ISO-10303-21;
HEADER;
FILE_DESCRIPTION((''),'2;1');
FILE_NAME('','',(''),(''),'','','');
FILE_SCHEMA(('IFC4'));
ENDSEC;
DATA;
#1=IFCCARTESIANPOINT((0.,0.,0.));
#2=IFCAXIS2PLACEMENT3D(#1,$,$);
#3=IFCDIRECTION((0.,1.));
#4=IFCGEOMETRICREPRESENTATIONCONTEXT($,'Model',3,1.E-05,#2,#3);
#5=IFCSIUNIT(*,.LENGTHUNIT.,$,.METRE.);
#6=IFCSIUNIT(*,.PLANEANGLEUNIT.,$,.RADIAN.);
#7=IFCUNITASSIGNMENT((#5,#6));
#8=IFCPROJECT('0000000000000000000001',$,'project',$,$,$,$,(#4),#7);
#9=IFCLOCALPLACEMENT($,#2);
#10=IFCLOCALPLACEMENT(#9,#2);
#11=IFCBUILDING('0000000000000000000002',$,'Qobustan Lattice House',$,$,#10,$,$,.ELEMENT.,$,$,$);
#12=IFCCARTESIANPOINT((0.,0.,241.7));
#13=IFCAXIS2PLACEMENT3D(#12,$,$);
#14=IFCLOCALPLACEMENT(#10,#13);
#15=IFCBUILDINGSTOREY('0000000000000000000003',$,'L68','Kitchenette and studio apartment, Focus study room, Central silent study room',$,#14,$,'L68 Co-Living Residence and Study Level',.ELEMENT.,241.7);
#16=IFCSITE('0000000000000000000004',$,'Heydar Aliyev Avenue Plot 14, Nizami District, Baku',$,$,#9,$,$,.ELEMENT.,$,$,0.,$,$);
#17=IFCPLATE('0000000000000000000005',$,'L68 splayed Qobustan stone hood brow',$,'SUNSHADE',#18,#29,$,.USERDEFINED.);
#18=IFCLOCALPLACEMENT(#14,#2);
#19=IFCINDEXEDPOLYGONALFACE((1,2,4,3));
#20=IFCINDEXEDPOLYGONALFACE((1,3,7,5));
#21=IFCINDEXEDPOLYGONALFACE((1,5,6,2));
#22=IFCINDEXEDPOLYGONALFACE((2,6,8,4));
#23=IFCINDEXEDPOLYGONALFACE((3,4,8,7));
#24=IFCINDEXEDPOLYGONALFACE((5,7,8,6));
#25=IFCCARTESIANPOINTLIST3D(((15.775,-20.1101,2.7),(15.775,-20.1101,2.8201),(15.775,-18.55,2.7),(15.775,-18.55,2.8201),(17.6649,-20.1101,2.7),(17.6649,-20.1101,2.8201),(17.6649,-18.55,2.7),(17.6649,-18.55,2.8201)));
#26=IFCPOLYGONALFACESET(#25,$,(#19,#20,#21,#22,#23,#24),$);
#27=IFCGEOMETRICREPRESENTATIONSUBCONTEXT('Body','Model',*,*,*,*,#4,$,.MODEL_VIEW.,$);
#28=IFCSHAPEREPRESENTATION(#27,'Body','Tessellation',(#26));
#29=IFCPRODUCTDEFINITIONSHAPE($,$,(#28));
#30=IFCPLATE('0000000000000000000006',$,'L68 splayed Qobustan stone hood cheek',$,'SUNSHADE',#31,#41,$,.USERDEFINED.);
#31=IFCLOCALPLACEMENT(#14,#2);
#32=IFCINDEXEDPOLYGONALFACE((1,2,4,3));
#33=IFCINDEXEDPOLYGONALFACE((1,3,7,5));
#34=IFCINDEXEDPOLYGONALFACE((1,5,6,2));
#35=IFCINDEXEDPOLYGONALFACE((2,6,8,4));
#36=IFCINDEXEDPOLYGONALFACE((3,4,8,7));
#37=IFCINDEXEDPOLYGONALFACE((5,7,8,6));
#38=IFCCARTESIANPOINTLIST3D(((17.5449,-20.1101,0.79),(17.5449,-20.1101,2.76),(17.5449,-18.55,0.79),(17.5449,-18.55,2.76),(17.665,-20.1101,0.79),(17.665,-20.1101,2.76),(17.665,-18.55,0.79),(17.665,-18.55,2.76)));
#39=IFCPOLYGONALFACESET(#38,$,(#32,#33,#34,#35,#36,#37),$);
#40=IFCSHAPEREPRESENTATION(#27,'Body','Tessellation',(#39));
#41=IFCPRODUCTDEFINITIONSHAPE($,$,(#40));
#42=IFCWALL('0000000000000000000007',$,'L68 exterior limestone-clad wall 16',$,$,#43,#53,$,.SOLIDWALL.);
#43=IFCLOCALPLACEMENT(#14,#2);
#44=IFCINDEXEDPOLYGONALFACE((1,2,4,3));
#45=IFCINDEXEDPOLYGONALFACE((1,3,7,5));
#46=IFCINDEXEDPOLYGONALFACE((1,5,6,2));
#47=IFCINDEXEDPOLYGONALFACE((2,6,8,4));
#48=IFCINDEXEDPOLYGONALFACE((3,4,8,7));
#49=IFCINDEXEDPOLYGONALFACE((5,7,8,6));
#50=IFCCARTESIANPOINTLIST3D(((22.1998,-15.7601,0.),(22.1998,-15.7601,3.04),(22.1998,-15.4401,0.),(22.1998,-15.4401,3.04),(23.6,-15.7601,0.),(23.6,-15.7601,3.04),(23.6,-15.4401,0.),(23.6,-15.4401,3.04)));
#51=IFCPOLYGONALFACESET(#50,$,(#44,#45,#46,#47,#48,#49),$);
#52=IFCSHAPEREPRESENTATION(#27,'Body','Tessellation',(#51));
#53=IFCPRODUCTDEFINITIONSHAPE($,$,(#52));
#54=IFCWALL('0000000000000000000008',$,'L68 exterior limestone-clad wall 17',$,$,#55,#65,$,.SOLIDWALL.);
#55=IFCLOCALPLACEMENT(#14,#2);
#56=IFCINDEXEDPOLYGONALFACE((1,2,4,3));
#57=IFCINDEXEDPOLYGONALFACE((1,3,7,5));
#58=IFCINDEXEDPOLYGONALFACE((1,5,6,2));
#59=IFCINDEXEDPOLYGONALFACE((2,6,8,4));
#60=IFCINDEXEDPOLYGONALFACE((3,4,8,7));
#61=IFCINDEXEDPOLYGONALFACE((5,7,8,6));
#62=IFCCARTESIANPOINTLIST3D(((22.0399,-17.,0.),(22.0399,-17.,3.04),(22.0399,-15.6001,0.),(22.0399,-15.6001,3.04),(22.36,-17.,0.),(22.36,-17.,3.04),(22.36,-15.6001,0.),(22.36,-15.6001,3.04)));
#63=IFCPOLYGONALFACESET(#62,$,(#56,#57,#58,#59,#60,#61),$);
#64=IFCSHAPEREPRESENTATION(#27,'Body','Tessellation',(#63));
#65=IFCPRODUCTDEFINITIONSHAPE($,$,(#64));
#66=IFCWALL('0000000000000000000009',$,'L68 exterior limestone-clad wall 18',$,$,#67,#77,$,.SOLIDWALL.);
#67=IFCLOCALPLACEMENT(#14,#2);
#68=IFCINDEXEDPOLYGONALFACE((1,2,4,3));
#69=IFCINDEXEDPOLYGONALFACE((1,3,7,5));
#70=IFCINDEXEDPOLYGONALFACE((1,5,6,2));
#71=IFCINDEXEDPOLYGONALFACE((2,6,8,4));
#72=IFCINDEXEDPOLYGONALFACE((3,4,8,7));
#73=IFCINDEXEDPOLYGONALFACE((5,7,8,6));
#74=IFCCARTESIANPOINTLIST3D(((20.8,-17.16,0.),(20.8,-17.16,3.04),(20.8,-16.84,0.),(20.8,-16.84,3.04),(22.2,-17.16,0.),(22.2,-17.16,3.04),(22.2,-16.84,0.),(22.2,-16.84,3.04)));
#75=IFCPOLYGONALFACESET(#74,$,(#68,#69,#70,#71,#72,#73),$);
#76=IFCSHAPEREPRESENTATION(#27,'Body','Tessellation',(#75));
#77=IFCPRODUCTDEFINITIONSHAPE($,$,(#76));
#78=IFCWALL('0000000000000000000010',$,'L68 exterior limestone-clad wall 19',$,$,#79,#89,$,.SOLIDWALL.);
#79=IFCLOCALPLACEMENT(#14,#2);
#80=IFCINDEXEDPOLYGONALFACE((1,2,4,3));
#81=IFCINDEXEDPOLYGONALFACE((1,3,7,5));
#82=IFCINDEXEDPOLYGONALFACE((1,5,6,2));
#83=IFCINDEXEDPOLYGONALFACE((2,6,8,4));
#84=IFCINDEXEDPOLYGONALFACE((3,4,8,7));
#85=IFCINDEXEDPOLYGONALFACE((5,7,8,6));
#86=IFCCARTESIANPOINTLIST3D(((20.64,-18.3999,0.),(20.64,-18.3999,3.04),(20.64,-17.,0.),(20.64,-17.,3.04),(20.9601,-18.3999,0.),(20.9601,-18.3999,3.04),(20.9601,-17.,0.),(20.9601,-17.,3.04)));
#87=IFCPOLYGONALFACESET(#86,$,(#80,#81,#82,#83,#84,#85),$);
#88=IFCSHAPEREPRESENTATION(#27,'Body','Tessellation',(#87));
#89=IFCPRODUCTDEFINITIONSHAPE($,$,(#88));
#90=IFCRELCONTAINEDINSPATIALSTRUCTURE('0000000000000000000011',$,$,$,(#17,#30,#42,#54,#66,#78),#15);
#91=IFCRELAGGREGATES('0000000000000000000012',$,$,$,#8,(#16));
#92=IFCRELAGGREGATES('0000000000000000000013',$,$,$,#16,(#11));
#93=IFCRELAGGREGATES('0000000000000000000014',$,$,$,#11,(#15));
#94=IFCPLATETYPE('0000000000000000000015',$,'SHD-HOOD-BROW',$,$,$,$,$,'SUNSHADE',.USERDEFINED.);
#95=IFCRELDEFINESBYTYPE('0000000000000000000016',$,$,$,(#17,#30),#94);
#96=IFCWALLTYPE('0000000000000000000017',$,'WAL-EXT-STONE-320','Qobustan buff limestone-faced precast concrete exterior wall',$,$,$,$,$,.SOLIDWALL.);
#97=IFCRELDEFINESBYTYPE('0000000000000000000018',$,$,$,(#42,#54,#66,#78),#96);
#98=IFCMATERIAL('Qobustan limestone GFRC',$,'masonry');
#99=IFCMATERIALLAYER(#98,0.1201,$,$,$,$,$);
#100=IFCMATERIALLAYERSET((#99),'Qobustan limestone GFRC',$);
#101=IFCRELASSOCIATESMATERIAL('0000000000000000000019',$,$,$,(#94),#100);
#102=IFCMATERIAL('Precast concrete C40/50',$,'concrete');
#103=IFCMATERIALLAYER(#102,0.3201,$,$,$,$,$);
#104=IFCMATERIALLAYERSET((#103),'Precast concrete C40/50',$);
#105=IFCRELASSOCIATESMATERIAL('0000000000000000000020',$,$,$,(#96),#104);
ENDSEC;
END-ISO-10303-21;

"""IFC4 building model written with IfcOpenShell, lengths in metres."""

from ifc_helpers import new_model, si_unit, direction, frame, frame_2d, origin, origin_2d, place, context, subcontext, project, spatial, rectangle, extrude, material, layer, layer_set, type_object, element, save


model = new_model("IFC4")

# Units and contexts
model_context = context("Model", 3, precision=1e-05, world=origin(), true_north=direction((0.0, 1.0)))
body_context = subcontext(model_context, "Body", "Model", "MODEL_VIEW")
ifc_project = project(units=[si_unit("LENGTHUNIT", "METRE"), si_unit("PLANEANGLEUNIT", "RADIAN")], contexts=[model_context])

# Site, building, storey
site_placement = place(None, origin())
site = spatial("IfcSite", under=ifc_project, at=site_placement, Name="Heydar Aliyev Avenue Plot 14, Nizami District, Baku", CompositionType="ELEMENT", RefElevation=0.0)
building_placement = place(site_placement, origin())
building = spatial("IfcBuilding", under=site, at=building_placement, Name="Qobustan Lattice House", CompositionType="ELEMENT")
storey_placement = place(building_placement, frame((0.0, 0.0, 241.7)))
storey = spatial("IfcBuildingStorey", under=building, at=storey_placement, Name="L68", Description="Kitchenette and studio apartment, Focus study room, Central silent study room", LongName="L68 Co-Living Residence and Study Level", CompositionType="ELEMENT", Elevation=241.7)

# Plates
ifc_material_1 = material(Name="Qobustan limestone GFRC", Category="masonry")
ifc_layer_1 = layer(ifc_material_1, 0.1201)
ifc_layer_set_1 = layer_set([ifc_layer_1], Name="Qobustan limestone GFRC")
plate_type = type_object("IfcPlateType", Name="SHD-HOOD-BROW", ElementType="SUNSHADE", PredefinedType="USERDEFINED", material=ifc_layer_set_1)
plate_1_placement = place(storey_placement, frame((16.72, -19.3301, 2.7), z_axis=(0.0, 0.0, 1.0), x_axis=(-1.0, 0.0, 0.0)))
element("IfcPlate", 1, at=plate_1_placement, inside=storey, type_object=plate_type, Name="L68 splayed Qobustan stone hood brow", ObjectType="SUNSHADE", PredefinedType="USERDEFINED", context=body_context, shape_type="SweptSolid", body=[
    extrude(rectangle(XDim=1.8899, YDim=1.5601, at=origin_2d()), origin(), (0.0, 0.0, 1.0), 0.1201),
])
plate_2_placement = place(storey_placement, frame((17.605, -19.3301, 0.79), z_axis=(0.0, 0.0, 1.0), x_axis=(-1.0, 0.0, 0.0)))
element("IfcPlate", 2, at=plate_2_placement, inside=storey, type_object=plate_type, Name="L68 splayed Qobustan stone hood cheek", ObjectType="SUNSHADE", PredefinedType="USERDEFINED", context=body_context, shape_type="SweptSolid", body=[
    extrude(rectangle(XDim=0.1201, YDim=1.5601, at=origin_2d()), origin(), (0.0, 0.0, 1.0), 1.97),
])

# Walls
ifc_material_2 = material(Name="Precast concrete C40/50", Category="concrete")
ifc_layer_2 = layer(ifc_material_2, 0.3201)
ifc_layer_set_2 = layer_set([ifc_layer_2], Name="Precast concrete C40/50")
wall_type = type_object("IfcWallType", Name="WAL-EXT-STONE-320", Description="Qobustan buff limestone-faced precast concrete exterior wall", PredefinedType="SOLIDWALL", material=ifc_layer_set_2)
wall_1_placement = place(storey_placement, frame((23.6001, -15.6001, 0.0), z_axis=(0.0, 0.0, 1.0), x_axis=(-1.0, 0.0, 0.0)))
element("IfcWall", 3, at=wall_1_placement, inside=storey, type_object=wall_type, Name="L68 exterior limestone-clad wall 16", PredefinedType="SOLIDWALL", context=body_context, shape_type="SweptSolid", body=[
    extrude(rectangle(XDim=1.4001, YDim=0.3201, at=frame_2d((0.7002, 0.0))), origin(), (0.0, 0.0, 1.0), 3.04),
])
for number, where, z_axis, x_axis, name in (
    (4, (22.2, -15.6001, 0.0), (0.0, 0.0, 1.0), (0.0, -1.0, 0.0), "L68 exterior limestone-clad wall 17"),
    (5, (22.2, -17.0, 0.0), (0.0, 0.0, 1.0), (-1.0, 0.0, 0.0), "L68 exterior limestone-clad wall 18"),
    (6, (20.8, -17.0, 0.0), (0.0, 0.0, 1.0), (0.0, -1.0, 0.0), "L68 exterior limestone-clad wall 19"),
):
    element("IfcWall", number, at=place(storey_placement, frame(where, z_axis=z_axis, x_axis=x_axis)), inside=storey, type_object=wall_type, Name=name, PredefinedType="SOLIDWALL", context=body_context, shape_type="SweptSolid", body=[
        extrude(rectangle(XDim=1.3999, YDim=0.3201, at=frame_2d((0.7, 0.0))), origin(), (0.0, 0.0, 1.0), 3.04),
    ])

save(model, "model.ifc")
